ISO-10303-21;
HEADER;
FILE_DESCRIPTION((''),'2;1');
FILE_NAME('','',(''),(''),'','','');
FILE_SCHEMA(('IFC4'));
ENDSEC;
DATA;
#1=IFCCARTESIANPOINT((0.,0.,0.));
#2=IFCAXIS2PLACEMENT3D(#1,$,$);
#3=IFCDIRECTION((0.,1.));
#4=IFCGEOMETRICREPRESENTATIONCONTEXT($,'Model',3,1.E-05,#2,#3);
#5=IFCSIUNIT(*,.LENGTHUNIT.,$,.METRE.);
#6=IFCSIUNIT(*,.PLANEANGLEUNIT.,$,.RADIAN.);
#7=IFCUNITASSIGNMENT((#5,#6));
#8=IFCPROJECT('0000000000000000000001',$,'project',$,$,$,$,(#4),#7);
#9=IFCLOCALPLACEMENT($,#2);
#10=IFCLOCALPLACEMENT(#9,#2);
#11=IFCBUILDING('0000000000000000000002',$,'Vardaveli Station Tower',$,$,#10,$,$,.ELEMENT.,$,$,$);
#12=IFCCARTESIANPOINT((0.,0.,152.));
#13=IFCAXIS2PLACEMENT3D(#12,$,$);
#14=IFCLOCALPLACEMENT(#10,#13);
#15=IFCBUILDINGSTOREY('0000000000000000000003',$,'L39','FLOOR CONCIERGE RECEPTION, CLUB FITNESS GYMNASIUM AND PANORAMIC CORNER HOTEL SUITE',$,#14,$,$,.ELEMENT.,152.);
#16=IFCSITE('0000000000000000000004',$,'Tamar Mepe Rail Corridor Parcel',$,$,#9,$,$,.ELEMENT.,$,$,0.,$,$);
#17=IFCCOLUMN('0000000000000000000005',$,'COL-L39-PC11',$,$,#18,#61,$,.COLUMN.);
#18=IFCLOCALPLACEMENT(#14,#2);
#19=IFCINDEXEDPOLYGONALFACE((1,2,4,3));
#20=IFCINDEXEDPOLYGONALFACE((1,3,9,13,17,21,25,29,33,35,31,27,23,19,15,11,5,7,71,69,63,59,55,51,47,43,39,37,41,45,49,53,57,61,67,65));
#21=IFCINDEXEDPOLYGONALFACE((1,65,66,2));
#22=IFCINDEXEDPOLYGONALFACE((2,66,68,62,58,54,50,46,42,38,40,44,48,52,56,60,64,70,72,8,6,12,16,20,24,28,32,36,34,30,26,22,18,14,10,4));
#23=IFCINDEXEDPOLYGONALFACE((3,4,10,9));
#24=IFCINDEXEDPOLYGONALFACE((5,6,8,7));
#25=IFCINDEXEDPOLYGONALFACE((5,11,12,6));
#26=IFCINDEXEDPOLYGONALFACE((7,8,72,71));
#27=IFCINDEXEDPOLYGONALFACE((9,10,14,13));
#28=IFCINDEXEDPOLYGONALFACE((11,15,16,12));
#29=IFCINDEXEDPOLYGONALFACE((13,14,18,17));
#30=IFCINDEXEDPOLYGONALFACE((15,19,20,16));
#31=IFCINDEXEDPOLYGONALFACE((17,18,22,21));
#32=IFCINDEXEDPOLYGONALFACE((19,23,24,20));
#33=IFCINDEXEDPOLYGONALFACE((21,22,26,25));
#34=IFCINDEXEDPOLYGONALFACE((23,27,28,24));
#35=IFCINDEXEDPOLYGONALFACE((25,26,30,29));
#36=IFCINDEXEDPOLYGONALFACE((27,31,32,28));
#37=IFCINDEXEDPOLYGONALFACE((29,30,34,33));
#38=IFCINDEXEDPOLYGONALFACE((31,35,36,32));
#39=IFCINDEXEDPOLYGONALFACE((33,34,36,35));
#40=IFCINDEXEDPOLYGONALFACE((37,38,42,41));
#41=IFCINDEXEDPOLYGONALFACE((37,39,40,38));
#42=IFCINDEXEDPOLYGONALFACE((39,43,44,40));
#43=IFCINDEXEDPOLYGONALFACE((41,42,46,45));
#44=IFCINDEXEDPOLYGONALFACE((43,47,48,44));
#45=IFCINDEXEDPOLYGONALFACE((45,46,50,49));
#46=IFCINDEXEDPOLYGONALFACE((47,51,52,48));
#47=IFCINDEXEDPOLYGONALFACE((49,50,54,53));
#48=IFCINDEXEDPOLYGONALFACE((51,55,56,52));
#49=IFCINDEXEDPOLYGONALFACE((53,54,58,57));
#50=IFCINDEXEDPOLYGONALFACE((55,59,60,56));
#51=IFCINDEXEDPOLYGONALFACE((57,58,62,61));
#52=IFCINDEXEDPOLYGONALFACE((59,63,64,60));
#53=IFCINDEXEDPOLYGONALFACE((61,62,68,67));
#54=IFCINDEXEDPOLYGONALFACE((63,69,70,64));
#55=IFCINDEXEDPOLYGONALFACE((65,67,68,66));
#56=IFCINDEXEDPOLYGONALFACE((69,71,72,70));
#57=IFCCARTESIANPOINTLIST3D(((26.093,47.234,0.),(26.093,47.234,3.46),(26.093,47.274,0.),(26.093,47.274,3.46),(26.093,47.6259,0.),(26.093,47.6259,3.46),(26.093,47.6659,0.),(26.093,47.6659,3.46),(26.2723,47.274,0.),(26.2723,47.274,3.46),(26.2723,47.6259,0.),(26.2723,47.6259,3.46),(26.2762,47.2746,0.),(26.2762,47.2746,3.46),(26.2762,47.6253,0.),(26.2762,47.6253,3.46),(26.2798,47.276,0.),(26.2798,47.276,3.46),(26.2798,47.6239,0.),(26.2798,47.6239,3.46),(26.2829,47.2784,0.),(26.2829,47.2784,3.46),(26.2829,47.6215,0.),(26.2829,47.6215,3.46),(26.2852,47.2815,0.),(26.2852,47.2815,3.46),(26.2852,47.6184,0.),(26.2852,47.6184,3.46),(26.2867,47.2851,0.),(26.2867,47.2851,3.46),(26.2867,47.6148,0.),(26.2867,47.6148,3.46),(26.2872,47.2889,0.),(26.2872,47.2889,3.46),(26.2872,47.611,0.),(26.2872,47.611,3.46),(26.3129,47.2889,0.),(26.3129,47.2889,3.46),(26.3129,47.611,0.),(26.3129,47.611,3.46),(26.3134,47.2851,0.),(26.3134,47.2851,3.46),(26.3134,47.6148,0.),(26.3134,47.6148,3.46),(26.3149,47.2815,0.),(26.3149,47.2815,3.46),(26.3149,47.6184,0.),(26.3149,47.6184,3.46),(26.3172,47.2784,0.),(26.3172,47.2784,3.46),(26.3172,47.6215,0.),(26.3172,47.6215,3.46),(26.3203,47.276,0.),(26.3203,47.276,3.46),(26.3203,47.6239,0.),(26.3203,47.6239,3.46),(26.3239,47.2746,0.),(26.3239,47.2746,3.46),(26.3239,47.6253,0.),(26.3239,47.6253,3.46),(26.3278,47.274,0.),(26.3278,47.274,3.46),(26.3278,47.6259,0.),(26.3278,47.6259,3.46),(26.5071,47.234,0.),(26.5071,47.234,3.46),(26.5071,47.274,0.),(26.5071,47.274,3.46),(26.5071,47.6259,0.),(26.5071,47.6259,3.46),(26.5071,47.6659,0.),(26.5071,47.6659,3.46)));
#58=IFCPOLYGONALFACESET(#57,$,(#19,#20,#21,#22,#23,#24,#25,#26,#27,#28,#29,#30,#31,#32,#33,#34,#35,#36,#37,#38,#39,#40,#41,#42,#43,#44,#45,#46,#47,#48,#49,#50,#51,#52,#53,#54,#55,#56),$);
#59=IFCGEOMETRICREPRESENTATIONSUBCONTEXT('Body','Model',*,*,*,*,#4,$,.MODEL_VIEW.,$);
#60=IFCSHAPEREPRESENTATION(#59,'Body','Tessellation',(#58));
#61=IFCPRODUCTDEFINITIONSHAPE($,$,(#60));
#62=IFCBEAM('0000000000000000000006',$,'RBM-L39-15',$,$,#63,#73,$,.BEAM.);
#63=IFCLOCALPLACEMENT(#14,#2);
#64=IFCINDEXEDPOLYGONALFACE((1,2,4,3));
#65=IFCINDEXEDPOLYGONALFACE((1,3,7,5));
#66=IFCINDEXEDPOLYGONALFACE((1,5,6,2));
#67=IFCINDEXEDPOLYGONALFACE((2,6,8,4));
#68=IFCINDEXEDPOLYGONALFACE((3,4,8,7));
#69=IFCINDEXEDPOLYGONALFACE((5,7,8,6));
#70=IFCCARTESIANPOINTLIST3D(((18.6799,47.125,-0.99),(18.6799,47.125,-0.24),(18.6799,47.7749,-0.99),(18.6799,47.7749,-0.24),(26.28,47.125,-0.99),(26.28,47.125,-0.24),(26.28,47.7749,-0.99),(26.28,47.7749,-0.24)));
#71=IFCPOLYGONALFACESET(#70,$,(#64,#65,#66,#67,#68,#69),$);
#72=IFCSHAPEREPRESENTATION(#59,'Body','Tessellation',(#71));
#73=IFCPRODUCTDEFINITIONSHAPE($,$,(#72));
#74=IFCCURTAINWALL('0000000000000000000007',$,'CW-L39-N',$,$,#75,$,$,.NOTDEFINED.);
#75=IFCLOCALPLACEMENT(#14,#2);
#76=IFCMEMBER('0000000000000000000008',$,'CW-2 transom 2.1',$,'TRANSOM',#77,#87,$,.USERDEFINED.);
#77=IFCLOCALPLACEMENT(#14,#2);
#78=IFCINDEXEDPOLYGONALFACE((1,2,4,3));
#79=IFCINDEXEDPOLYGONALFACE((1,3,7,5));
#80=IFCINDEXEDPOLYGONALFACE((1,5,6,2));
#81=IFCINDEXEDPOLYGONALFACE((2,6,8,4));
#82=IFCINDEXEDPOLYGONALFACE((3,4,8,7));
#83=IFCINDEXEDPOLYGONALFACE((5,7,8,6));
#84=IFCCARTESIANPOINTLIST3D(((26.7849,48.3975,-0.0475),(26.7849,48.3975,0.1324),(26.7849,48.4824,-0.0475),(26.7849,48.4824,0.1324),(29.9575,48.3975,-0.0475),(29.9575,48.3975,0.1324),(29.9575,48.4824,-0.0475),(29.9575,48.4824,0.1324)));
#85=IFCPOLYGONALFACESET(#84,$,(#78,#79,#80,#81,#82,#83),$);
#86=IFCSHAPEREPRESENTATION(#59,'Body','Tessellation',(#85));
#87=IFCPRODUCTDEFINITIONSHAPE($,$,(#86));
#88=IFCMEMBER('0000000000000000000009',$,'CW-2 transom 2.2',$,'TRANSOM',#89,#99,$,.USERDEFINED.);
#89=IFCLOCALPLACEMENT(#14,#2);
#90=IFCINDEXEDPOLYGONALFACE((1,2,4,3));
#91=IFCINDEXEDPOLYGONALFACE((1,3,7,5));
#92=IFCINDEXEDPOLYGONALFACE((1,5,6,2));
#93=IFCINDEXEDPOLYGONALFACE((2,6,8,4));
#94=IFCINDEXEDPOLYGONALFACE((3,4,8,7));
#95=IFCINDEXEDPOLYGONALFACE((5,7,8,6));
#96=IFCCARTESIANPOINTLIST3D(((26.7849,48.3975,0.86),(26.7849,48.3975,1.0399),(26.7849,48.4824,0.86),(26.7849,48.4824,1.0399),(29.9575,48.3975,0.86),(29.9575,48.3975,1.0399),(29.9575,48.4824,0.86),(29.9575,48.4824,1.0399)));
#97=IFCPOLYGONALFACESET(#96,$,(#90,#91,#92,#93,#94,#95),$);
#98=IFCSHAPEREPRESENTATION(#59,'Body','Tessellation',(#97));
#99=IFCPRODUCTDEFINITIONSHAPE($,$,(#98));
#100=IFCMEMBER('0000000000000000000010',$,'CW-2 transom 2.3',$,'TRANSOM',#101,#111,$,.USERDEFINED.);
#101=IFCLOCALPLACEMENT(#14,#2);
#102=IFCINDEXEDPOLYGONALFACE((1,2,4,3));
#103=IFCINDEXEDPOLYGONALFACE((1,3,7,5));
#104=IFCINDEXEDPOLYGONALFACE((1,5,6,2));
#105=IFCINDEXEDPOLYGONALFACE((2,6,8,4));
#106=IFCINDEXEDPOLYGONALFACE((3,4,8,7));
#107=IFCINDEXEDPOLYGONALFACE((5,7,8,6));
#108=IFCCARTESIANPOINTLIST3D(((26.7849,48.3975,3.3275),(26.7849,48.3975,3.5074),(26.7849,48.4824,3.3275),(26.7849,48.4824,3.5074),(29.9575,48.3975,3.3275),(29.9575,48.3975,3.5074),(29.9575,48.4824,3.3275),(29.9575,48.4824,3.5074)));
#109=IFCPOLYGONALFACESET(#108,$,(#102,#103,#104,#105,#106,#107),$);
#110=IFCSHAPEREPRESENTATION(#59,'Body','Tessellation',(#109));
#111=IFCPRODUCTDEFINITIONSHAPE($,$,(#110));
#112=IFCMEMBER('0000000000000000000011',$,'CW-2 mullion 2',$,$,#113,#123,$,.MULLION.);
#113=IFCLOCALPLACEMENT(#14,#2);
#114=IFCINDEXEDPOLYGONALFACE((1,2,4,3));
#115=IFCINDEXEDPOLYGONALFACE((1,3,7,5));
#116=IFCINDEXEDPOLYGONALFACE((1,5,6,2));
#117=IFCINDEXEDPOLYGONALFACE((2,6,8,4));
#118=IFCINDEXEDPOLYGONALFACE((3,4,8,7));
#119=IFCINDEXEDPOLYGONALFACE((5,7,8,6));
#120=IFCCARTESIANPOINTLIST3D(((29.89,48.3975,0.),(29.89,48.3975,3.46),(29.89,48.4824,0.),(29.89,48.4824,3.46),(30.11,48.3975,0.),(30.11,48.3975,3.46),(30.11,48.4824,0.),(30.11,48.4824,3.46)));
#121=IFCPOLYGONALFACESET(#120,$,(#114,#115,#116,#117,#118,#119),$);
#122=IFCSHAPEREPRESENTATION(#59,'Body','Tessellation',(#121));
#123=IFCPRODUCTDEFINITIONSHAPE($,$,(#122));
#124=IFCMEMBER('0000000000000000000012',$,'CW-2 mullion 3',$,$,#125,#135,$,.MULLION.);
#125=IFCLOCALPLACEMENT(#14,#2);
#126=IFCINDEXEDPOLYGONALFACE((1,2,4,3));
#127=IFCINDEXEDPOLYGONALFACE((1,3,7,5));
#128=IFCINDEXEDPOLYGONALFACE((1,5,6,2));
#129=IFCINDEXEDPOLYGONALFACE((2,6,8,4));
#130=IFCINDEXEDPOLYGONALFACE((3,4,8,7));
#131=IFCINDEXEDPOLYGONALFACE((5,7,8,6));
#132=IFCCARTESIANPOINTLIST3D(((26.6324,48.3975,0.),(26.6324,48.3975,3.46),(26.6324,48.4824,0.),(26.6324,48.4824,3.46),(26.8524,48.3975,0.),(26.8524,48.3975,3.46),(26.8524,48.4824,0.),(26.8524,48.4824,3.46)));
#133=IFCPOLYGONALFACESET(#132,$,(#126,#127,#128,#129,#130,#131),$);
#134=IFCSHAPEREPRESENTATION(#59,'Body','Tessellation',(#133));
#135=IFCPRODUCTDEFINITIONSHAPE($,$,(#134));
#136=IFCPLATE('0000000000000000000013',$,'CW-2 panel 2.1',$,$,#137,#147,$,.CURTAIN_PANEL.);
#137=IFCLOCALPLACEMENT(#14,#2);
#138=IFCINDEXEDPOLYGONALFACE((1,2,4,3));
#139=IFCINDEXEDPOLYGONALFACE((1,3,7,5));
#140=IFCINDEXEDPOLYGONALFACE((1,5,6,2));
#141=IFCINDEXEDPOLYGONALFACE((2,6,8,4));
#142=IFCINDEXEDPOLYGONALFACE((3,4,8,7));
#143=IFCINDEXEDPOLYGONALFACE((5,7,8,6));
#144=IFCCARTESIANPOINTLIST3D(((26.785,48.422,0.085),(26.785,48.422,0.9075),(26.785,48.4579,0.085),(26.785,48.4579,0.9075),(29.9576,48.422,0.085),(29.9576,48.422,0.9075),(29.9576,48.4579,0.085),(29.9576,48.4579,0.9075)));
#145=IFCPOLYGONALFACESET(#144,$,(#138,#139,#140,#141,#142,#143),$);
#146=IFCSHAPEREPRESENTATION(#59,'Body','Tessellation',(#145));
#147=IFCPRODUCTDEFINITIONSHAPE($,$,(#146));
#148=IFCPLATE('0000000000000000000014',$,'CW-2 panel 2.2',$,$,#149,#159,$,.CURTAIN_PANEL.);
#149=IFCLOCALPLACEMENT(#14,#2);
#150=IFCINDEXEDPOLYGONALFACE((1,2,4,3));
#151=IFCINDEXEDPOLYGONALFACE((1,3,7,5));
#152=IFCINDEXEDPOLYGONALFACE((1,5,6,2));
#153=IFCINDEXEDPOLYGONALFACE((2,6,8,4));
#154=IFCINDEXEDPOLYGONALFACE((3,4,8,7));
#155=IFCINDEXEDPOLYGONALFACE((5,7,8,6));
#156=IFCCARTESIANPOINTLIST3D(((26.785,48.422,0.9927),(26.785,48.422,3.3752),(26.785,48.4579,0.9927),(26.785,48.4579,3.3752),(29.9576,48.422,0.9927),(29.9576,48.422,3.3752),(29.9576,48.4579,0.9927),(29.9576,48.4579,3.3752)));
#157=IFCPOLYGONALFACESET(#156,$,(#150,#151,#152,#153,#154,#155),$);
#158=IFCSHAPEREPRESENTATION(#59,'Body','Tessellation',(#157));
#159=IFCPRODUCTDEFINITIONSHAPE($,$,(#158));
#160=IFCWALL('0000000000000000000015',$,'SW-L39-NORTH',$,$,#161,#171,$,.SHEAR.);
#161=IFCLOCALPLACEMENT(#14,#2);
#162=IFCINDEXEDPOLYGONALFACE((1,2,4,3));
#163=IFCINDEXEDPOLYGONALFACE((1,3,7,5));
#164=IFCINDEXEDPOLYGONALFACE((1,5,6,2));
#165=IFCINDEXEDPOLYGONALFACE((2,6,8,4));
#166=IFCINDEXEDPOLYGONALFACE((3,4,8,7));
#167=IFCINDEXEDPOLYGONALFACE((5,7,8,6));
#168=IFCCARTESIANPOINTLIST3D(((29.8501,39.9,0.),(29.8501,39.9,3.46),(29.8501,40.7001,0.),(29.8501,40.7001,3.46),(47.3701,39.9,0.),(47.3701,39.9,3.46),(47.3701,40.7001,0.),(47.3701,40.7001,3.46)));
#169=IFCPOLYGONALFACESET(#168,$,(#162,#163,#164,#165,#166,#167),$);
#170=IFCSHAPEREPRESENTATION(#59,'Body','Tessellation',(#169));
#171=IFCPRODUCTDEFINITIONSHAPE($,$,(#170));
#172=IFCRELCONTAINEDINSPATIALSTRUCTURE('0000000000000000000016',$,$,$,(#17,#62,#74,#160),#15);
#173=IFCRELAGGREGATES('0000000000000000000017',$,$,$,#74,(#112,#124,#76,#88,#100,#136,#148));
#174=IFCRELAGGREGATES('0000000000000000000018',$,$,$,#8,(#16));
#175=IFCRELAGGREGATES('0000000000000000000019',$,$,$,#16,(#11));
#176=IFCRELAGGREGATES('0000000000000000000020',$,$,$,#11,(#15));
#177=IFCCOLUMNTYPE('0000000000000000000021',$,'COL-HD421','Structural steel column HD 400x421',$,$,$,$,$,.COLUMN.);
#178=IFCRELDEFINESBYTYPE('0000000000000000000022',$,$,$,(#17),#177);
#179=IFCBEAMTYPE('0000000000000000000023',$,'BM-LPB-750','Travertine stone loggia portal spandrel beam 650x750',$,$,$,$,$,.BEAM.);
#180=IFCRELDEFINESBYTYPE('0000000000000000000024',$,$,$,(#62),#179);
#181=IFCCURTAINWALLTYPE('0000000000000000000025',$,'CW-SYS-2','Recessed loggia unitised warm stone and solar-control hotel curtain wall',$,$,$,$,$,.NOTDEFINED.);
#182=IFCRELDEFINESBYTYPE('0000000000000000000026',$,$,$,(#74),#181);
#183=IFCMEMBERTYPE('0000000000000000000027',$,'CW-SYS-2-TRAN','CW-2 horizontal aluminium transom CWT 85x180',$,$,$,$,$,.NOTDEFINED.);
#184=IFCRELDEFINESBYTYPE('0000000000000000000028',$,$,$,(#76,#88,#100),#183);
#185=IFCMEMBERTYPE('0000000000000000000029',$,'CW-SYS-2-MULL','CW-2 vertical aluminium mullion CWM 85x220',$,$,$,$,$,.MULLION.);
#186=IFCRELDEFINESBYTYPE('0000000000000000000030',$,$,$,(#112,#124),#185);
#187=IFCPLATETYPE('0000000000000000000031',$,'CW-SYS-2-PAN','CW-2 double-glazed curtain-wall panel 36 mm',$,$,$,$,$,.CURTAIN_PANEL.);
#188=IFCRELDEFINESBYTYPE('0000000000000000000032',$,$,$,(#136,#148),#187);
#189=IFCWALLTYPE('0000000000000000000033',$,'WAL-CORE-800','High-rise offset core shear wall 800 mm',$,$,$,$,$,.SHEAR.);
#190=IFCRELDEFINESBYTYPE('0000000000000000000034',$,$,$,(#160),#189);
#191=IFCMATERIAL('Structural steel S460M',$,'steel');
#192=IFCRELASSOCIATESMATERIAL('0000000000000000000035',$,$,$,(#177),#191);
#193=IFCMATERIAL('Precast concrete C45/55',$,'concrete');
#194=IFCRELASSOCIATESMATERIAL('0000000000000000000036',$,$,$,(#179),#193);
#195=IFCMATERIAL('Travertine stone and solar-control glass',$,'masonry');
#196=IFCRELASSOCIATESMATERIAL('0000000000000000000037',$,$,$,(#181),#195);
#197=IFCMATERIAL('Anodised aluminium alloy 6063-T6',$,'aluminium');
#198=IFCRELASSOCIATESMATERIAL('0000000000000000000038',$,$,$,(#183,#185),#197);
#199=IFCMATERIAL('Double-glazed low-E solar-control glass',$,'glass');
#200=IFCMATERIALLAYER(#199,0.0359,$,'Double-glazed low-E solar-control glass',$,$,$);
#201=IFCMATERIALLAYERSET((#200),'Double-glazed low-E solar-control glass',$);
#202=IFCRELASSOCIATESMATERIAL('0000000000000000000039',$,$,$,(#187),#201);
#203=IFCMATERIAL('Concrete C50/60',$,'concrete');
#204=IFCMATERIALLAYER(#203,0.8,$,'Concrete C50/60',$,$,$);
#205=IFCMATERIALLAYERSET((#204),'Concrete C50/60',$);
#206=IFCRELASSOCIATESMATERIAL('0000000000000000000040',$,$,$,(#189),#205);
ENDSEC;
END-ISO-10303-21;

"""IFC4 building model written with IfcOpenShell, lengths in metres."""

from ifc_helpers import new_model, si_unit, direction, frame, frame_2d, origin, origin_2d, place, context, subcontext, project, spatial, rectangle, i_section, extrude, source, transform, mapped, material, layer, layer_set, material_profile, profile_set, type_object, element, aggregate, save


model = new_model("IFC4")

# Units and contexts
model_context = context("Model", 3, precision=1e-05, world=origin(), true_north=direction((0.0, 1.0)))
body_context = subcontext(model_context, "Body", "Model", "MODEL_VIEW")
ifc_project = project(units=[si_unit("LENGTHUNIT", "METRE"), si_unit("PLANEANGLEUNIT", "RADIAN")], contexts=[model_context])

# Site, building, storey
site_placement = place(None, origin())
site = spatial("IfcSite", under=ifc_project, at=site_placement, Name="Tamar Mepe Rail Corridor Parcel", CompositionType="ELEMENT", RefElevation=0.0)
building_placement = place(site_placement, origin())
building = spatial("IfcBuilding", under=site, at=building_placement, Name="Vardaveli Station Tower", CompositionType="ELEMENT")
storey_placement = place(building_placement, frame((0.0, 0.0, 152.0)))
storey = spatial("IfcBuildingStorey", under=building, at=storey_placement, Name="L39", Description="FLOOR CONCIERGE RECEPTION, CLUB FITNESS GYMNASIUM AND PANORAMIC CORNER HOTEL SUITE", CompositionType="ELEMENT", Elevation=152.0)

# Column
ifc_material_1 = material(Name="Structural steel S460M", Category="steel")
ifc_material_profile_1 = material_profile(ifc_material_1, i_section(OverallWidth=0.4141, OverallDepth=0.4319, WebThickness=0.0256, FlangeThickness=0.04, FilletRadius=0.0149, at=origin_2d()), Name="HD 400x421")
ifc_profile_set_1 = profile_set([ifc_material_profile_1], Name="Structural steel S460M")
column_type = type_object("IfcColumnType", Name="COL-HD421", Description="Structural steel column HD 400x421", PredefinedType="COLUMN", material=ifc_profile_set_1)
shared_shape_1 = source(origin(), body_context, "Body", "SweptSolid", [
    extrude(i_section(OverallWidth=0.4141, OverallDepth=0.4319, WebThickness=0.0256, FlangeThickness=0.04, FilletRadius=0.0149, at=origin_2d()), origin(), (0.0, 0.0, 1.0), 3.46),
])
column_placement = place(storey_placement, frame((26.3, 47.45, 0.0), z_axis=(0.0, 0.0, 1.0), x_axis=(1.0, 0.0, 0.0)))
element("IfcColumn", 1, at=column_placement, inside=storey, type_object=column_type, Name="COL-L39-PC11", PredefinedType="COLUMN", context=body_context, shape_type="MappedRepresentation", body=[
    mapped(shared_shape_1, transform((0.0, 0.0, 0.0), scale=1.0)),
])

# Beam
ifc_material_2 = material(Name="Precast concrete C45/55", Category="concrete")
ifc_material_profile_2 = material_profile(ifc_material_2, rectangle(XDim=0.6499, YDim=0.75, at=origin_2d()), Name="LPB 650x750")
ifc_profile_set_2 = profile_set([ifc_material_profile_2], Name="Precast concrete C45/55")
beam_type = type_object("IfcBeamType", Name="BM-LPB-750", Description="Travertine stone loggia portal spandrel beam 650x750", PredefinedType="BEAM", material=ifc_profile_set_2)
shared_shape_2 = source(origin(), body_context, "Body", "SweptSolid", [
    extrude(rectangle(XDim=0.6499, YDim=0.75, at=origin_2d()), origin(), (0.0, 0.0, 1.0), 7.6001),
])
beam_placement = place(storey_placement, frame((26.28, 47.45, -0.615), z_axis=(-1.0, 0.0, 0.0), x_axis=(0.0, -1.0, 0.0)))
element("IfcBeam", 2, at=beam_placement, inside=storey, type_object=beam_type, Name="RBM-L39-15", PredefinedType="BEAM", context=body_context, shape_type="MappedRepresentation", body=[
    mapped(shared_shape_2, transform((0.0, 0.0, 0.0), scale=1.0)),
])

# Curtain wall, members, plates
ifc_material_3 = material(Name="Travertine stone and solar-control glass", Category="masonry")
curtain_wall_type = type_object("IfcCurtainWallType", Name="CW-SYS-2", Description="Recessed loggia unitised warm stone and solar-control hotel curtain wall", PredefinedType="NOTDEFINED", material=ifc_material_3)
curtain_wall_placement = place(storey_placement, origin())
curtain_wall = element("IfcCurtainWall", 3, at=curtain_wall_placement, inside=storey, type_object=curtain_wall_type, Name="CW-L39-N", PredefinedType="NOTDEFINED")
ifc_material_4 = material(Name="Anodised aluminium alloy 6063-T6", Category="aluminium")
ifc_material_profile_3 = material_profile(ifc_material_4, rectangle(XDim=0.085, YDim=0.1799, at=origin_2d()), Name="CWT 85x180")
ifc_profile_set_3 = profile_set([ifc_material_profile_3], Name="Anodised aluminium alloy 6063-T6")
member_type_1 = type_object("IfcMemberType", Name="CW-SYS-2-TRAN", Description="CW-2 horizontal aluminium transom CWT 85x180", PredefinedType="NOTDEFINED", material=ifc_profile_set_3)
shared_shape_3 = source(origin(), body_context, "Body", "SweptSolid", [
    extrude(rectangle(XDim=0.085, YDim=0.1799, at=origin_2d()), origin(), (0.0, 0.0, 1.0), 3.1726),
])
member_1_placement = place(storey_placement, frame((29.9575, 48.4399, 0.0425), z_axis=(-1.0, 0.0, 0.0), x_axis=(0.0, -1.0, 0.0)))
member_1 = element("IfcMember", 4, at=member_1_placement, type_object=member_type_1, Name="CW-2 transom 2.1", ObjectType="TRANSOM", PredefinedType="USERDEFINED", context=body_context, shape_type="MappedRepresentation", body=[
    mapped(shared_shape_3, transform((0.0, 0.0, 0.0), scale=1.0)),
])
member_2_placement = place(storey_placement, frame((29.9575, 48.4399, 0.95), z_axis=(-1.0, 0.0, 0.0), x_axis=(0.0, -1.0, 0.0)))
member_2 = element("IfcMember", 5, at=member_2_placement, type_object=member_type_1, Name="CW-2 transom 2.2", ObjectType="TRANSOM", PredefinedType="USERDEFINED", context=body_context, shape_type="MappedRepresentation", body=[
    mapped(shared_shape_3, transform((0.0, 0.0, 0.0), scale=1.0)),
])
member_3_placement = place(storey_placement, frame((29.9575, 48.4399, 3.4175), z_axis=(-1.0, 0.0, 0.0), x_axis=(0.0, -1.0, 0.0)))
member_3 = element("IfcMember", 6, at=member_3_placement, type_object=member_type_1, Name="CW-2 transom 2.3", ObjectType="TRANSOM", PredefinedType="USERDEFINED", context=body_context, shape_type="MappedRepresentation", body=[
    mapped(shared_shape_3, transform((0.0, 0.0, 0.0), scale=1.0)),
])
ifc_material_profile_4 = material_profile(ifc_material_4, rectangle(XDim=0.085, YDim=0.22, at=origin_2d()), Name="CWM 85x220")
ifc_profile_set_4 = profile_set([ifc_material_profile_4], Name="Anodised aluminium alloy 6063-T6")
member_type_2 = type_object("IfcMemberType", Name="CW-SYS-2-MULL", Description="CW-2 vertical aluminium mullion CWM 85x220", PredefinedType="MULLION", material=ifc_profile_set_4)
shared_shape_4 = source(origin(), body_context, "Body", "SweptSolid", [
    extrude(rectangle(XDim=0.085, YDim=0.22, at=origin_2d()), origin(), (0.0, 0.0, 1.0), 3.46),
])
member_4_placement = place(storey_placement, frame((30.0, 48.4399, 0.0), z_axis=(0.0, 0.0, 1.0), x_axis=(0.0, -1.0, 0.0)))
member_4 = element("IfcMember", 7, at=member_4_placement, type_object=member_type_2, Name="CW-2 mullion 2", PredefinedType="MULLION", context=body_context, shape_type="MappedRepresentation", body=[
    mapped(shared_shape_4, transform((0.0, 0.0, 0.0), scale=1.0)),
])
member_5_placement = place(storey_placement, frame((26.7424, 48.4399, 0.0), z_axis=(0.0, 0.0, 1.0), x_axis=(0.0, -1.0, 0.0)))
member_5 = element("IfcMember", 8, at=member_5_placement, type_object=member_type_2, Name="CW-2 mullion 3", PredefinedType="MULLION", context=body_context, shape_type="MappedRepresentation", body=[
    mapped(shared_shape_4, transform((0.0, 0.0, 0.0), scale=1.0)),
])
ifc_material_5 = material(Name="Double-glazed low-E solar-control glass", Category="glass")
ifc_layer_1 = layer(ifc_material_5, 0.0359, Name="Double-glazed low-E solar-control glass")
ifc_layer_set_1 = layer_set([ifc_layer_1], Name="Double-glazed low-E solar-control glass")
plate_type = type_object("IfcPlateType", Name="CW-SYS-2-PAN", Description="CW-2 double-glazed curtain-wall panel 36 mm", PredefinedType="CURTAIN_PANEL", material=ifc_layer_set_1)
shared_shape_5 = source(origin(), body_context, "Body", "SweptSolid", [
    extrude(rectangle(XDim=3.1726, YDim=0.0359, at=origin_2d()), origin(), (0.0, 0.0, 1.0), 0.8225),
])
plate_1_placement = place(storey_placement, frame((28.3713, 48.4399, 0.085), z_axis=(0.0, 0.0, 1.0), x_axis=(-1.0, 0.0, 0.0)))
plate_1 = element("IfcPlate", 9, at=plate_1_placement, type_object=plate_type, Name="CW-2 panel 2.1", PredefinedType="CURTAIN_PANEL", context=body_context, shape_type="MappedRepresentation", body=[
    mapped(shared_shape_5, transform((0.0, 0.0, 0.0), scale=1.0)),
])
shared_shape_6 = source(origin(), body_context, "Body", "SweptSolid", [
    extrude(rectangle(XDim=3.1726, YDim=0.0359, at=origin_2d()), origin(), (0.0, 0.0, 1.0), 2.3826),
])
plate_2_placement = place(storey_placement, frame((28.3713, 48.4399, 0.9927), z_axis=(0.0, 0.0, 1.0), x_axis=(-1.0, 0.0, 0.0)))
plate_2 = element("IfcPlate", 10, at=plate_2_placement, type_object=plate_type, Name="CW-2 panel 2.2", PredefinedType="CURTAIN_PANEL", context=body_context, shape_type="MappedRepresentation", body=[
    mapped(shared_shape_6, transform((0.0, 0.0, 0.0), scale=1.0)),
])
aggregate(curtain_wall, [member_4, member_5, member_1, member_2, member_3, plate_1, plate_2])

# Wall
ifc_material_6 = material(Name="Concrete C50/60", Category="concrete")
ifc_layer_2 = layer(ifc_material_6, 0.8, Name="Concrete C50/60")
ifc_layer_set_2 = layer_set([ifc_layer_2], Name="Concrete C50/60")
wall_type_1 = type_object("IfcWallType", Name="WAL-CORE-800", Description="High-rise offset core shear wall 800 mm", PredefinedType="SHEAR", material=ifc_layer_set_2)
shared_shape_7 = source(origin(), body_context, "Body", "SweptSolid", [
    extrude(rectangle(XDim=17.52, YDim=0.8, at=frame_2d((8.76, 0.0))), origin(), (0.0, 0.0, 1.0), 3.46),
])
wall_1_placement = place(storey_placement, frame((29.8501, 40.3, 0.0), z_axis=(0.0, 0.0, 1.0), x_axis=(1.0, 0.0, 0.0)))
element("IfcWall", 11, at=wall_1_placement, inside=storey, type_object=wall_type_1, Name="SW-L39-NORTH", PredefinedType="SHEAR", context=body_context, shape_type="MappedRepresentation", body=[
    mapped(shared_shape_7, transform((0.0, 0.0, 0.0), scale=1.0)),
])

save(model, "model.ifc")
